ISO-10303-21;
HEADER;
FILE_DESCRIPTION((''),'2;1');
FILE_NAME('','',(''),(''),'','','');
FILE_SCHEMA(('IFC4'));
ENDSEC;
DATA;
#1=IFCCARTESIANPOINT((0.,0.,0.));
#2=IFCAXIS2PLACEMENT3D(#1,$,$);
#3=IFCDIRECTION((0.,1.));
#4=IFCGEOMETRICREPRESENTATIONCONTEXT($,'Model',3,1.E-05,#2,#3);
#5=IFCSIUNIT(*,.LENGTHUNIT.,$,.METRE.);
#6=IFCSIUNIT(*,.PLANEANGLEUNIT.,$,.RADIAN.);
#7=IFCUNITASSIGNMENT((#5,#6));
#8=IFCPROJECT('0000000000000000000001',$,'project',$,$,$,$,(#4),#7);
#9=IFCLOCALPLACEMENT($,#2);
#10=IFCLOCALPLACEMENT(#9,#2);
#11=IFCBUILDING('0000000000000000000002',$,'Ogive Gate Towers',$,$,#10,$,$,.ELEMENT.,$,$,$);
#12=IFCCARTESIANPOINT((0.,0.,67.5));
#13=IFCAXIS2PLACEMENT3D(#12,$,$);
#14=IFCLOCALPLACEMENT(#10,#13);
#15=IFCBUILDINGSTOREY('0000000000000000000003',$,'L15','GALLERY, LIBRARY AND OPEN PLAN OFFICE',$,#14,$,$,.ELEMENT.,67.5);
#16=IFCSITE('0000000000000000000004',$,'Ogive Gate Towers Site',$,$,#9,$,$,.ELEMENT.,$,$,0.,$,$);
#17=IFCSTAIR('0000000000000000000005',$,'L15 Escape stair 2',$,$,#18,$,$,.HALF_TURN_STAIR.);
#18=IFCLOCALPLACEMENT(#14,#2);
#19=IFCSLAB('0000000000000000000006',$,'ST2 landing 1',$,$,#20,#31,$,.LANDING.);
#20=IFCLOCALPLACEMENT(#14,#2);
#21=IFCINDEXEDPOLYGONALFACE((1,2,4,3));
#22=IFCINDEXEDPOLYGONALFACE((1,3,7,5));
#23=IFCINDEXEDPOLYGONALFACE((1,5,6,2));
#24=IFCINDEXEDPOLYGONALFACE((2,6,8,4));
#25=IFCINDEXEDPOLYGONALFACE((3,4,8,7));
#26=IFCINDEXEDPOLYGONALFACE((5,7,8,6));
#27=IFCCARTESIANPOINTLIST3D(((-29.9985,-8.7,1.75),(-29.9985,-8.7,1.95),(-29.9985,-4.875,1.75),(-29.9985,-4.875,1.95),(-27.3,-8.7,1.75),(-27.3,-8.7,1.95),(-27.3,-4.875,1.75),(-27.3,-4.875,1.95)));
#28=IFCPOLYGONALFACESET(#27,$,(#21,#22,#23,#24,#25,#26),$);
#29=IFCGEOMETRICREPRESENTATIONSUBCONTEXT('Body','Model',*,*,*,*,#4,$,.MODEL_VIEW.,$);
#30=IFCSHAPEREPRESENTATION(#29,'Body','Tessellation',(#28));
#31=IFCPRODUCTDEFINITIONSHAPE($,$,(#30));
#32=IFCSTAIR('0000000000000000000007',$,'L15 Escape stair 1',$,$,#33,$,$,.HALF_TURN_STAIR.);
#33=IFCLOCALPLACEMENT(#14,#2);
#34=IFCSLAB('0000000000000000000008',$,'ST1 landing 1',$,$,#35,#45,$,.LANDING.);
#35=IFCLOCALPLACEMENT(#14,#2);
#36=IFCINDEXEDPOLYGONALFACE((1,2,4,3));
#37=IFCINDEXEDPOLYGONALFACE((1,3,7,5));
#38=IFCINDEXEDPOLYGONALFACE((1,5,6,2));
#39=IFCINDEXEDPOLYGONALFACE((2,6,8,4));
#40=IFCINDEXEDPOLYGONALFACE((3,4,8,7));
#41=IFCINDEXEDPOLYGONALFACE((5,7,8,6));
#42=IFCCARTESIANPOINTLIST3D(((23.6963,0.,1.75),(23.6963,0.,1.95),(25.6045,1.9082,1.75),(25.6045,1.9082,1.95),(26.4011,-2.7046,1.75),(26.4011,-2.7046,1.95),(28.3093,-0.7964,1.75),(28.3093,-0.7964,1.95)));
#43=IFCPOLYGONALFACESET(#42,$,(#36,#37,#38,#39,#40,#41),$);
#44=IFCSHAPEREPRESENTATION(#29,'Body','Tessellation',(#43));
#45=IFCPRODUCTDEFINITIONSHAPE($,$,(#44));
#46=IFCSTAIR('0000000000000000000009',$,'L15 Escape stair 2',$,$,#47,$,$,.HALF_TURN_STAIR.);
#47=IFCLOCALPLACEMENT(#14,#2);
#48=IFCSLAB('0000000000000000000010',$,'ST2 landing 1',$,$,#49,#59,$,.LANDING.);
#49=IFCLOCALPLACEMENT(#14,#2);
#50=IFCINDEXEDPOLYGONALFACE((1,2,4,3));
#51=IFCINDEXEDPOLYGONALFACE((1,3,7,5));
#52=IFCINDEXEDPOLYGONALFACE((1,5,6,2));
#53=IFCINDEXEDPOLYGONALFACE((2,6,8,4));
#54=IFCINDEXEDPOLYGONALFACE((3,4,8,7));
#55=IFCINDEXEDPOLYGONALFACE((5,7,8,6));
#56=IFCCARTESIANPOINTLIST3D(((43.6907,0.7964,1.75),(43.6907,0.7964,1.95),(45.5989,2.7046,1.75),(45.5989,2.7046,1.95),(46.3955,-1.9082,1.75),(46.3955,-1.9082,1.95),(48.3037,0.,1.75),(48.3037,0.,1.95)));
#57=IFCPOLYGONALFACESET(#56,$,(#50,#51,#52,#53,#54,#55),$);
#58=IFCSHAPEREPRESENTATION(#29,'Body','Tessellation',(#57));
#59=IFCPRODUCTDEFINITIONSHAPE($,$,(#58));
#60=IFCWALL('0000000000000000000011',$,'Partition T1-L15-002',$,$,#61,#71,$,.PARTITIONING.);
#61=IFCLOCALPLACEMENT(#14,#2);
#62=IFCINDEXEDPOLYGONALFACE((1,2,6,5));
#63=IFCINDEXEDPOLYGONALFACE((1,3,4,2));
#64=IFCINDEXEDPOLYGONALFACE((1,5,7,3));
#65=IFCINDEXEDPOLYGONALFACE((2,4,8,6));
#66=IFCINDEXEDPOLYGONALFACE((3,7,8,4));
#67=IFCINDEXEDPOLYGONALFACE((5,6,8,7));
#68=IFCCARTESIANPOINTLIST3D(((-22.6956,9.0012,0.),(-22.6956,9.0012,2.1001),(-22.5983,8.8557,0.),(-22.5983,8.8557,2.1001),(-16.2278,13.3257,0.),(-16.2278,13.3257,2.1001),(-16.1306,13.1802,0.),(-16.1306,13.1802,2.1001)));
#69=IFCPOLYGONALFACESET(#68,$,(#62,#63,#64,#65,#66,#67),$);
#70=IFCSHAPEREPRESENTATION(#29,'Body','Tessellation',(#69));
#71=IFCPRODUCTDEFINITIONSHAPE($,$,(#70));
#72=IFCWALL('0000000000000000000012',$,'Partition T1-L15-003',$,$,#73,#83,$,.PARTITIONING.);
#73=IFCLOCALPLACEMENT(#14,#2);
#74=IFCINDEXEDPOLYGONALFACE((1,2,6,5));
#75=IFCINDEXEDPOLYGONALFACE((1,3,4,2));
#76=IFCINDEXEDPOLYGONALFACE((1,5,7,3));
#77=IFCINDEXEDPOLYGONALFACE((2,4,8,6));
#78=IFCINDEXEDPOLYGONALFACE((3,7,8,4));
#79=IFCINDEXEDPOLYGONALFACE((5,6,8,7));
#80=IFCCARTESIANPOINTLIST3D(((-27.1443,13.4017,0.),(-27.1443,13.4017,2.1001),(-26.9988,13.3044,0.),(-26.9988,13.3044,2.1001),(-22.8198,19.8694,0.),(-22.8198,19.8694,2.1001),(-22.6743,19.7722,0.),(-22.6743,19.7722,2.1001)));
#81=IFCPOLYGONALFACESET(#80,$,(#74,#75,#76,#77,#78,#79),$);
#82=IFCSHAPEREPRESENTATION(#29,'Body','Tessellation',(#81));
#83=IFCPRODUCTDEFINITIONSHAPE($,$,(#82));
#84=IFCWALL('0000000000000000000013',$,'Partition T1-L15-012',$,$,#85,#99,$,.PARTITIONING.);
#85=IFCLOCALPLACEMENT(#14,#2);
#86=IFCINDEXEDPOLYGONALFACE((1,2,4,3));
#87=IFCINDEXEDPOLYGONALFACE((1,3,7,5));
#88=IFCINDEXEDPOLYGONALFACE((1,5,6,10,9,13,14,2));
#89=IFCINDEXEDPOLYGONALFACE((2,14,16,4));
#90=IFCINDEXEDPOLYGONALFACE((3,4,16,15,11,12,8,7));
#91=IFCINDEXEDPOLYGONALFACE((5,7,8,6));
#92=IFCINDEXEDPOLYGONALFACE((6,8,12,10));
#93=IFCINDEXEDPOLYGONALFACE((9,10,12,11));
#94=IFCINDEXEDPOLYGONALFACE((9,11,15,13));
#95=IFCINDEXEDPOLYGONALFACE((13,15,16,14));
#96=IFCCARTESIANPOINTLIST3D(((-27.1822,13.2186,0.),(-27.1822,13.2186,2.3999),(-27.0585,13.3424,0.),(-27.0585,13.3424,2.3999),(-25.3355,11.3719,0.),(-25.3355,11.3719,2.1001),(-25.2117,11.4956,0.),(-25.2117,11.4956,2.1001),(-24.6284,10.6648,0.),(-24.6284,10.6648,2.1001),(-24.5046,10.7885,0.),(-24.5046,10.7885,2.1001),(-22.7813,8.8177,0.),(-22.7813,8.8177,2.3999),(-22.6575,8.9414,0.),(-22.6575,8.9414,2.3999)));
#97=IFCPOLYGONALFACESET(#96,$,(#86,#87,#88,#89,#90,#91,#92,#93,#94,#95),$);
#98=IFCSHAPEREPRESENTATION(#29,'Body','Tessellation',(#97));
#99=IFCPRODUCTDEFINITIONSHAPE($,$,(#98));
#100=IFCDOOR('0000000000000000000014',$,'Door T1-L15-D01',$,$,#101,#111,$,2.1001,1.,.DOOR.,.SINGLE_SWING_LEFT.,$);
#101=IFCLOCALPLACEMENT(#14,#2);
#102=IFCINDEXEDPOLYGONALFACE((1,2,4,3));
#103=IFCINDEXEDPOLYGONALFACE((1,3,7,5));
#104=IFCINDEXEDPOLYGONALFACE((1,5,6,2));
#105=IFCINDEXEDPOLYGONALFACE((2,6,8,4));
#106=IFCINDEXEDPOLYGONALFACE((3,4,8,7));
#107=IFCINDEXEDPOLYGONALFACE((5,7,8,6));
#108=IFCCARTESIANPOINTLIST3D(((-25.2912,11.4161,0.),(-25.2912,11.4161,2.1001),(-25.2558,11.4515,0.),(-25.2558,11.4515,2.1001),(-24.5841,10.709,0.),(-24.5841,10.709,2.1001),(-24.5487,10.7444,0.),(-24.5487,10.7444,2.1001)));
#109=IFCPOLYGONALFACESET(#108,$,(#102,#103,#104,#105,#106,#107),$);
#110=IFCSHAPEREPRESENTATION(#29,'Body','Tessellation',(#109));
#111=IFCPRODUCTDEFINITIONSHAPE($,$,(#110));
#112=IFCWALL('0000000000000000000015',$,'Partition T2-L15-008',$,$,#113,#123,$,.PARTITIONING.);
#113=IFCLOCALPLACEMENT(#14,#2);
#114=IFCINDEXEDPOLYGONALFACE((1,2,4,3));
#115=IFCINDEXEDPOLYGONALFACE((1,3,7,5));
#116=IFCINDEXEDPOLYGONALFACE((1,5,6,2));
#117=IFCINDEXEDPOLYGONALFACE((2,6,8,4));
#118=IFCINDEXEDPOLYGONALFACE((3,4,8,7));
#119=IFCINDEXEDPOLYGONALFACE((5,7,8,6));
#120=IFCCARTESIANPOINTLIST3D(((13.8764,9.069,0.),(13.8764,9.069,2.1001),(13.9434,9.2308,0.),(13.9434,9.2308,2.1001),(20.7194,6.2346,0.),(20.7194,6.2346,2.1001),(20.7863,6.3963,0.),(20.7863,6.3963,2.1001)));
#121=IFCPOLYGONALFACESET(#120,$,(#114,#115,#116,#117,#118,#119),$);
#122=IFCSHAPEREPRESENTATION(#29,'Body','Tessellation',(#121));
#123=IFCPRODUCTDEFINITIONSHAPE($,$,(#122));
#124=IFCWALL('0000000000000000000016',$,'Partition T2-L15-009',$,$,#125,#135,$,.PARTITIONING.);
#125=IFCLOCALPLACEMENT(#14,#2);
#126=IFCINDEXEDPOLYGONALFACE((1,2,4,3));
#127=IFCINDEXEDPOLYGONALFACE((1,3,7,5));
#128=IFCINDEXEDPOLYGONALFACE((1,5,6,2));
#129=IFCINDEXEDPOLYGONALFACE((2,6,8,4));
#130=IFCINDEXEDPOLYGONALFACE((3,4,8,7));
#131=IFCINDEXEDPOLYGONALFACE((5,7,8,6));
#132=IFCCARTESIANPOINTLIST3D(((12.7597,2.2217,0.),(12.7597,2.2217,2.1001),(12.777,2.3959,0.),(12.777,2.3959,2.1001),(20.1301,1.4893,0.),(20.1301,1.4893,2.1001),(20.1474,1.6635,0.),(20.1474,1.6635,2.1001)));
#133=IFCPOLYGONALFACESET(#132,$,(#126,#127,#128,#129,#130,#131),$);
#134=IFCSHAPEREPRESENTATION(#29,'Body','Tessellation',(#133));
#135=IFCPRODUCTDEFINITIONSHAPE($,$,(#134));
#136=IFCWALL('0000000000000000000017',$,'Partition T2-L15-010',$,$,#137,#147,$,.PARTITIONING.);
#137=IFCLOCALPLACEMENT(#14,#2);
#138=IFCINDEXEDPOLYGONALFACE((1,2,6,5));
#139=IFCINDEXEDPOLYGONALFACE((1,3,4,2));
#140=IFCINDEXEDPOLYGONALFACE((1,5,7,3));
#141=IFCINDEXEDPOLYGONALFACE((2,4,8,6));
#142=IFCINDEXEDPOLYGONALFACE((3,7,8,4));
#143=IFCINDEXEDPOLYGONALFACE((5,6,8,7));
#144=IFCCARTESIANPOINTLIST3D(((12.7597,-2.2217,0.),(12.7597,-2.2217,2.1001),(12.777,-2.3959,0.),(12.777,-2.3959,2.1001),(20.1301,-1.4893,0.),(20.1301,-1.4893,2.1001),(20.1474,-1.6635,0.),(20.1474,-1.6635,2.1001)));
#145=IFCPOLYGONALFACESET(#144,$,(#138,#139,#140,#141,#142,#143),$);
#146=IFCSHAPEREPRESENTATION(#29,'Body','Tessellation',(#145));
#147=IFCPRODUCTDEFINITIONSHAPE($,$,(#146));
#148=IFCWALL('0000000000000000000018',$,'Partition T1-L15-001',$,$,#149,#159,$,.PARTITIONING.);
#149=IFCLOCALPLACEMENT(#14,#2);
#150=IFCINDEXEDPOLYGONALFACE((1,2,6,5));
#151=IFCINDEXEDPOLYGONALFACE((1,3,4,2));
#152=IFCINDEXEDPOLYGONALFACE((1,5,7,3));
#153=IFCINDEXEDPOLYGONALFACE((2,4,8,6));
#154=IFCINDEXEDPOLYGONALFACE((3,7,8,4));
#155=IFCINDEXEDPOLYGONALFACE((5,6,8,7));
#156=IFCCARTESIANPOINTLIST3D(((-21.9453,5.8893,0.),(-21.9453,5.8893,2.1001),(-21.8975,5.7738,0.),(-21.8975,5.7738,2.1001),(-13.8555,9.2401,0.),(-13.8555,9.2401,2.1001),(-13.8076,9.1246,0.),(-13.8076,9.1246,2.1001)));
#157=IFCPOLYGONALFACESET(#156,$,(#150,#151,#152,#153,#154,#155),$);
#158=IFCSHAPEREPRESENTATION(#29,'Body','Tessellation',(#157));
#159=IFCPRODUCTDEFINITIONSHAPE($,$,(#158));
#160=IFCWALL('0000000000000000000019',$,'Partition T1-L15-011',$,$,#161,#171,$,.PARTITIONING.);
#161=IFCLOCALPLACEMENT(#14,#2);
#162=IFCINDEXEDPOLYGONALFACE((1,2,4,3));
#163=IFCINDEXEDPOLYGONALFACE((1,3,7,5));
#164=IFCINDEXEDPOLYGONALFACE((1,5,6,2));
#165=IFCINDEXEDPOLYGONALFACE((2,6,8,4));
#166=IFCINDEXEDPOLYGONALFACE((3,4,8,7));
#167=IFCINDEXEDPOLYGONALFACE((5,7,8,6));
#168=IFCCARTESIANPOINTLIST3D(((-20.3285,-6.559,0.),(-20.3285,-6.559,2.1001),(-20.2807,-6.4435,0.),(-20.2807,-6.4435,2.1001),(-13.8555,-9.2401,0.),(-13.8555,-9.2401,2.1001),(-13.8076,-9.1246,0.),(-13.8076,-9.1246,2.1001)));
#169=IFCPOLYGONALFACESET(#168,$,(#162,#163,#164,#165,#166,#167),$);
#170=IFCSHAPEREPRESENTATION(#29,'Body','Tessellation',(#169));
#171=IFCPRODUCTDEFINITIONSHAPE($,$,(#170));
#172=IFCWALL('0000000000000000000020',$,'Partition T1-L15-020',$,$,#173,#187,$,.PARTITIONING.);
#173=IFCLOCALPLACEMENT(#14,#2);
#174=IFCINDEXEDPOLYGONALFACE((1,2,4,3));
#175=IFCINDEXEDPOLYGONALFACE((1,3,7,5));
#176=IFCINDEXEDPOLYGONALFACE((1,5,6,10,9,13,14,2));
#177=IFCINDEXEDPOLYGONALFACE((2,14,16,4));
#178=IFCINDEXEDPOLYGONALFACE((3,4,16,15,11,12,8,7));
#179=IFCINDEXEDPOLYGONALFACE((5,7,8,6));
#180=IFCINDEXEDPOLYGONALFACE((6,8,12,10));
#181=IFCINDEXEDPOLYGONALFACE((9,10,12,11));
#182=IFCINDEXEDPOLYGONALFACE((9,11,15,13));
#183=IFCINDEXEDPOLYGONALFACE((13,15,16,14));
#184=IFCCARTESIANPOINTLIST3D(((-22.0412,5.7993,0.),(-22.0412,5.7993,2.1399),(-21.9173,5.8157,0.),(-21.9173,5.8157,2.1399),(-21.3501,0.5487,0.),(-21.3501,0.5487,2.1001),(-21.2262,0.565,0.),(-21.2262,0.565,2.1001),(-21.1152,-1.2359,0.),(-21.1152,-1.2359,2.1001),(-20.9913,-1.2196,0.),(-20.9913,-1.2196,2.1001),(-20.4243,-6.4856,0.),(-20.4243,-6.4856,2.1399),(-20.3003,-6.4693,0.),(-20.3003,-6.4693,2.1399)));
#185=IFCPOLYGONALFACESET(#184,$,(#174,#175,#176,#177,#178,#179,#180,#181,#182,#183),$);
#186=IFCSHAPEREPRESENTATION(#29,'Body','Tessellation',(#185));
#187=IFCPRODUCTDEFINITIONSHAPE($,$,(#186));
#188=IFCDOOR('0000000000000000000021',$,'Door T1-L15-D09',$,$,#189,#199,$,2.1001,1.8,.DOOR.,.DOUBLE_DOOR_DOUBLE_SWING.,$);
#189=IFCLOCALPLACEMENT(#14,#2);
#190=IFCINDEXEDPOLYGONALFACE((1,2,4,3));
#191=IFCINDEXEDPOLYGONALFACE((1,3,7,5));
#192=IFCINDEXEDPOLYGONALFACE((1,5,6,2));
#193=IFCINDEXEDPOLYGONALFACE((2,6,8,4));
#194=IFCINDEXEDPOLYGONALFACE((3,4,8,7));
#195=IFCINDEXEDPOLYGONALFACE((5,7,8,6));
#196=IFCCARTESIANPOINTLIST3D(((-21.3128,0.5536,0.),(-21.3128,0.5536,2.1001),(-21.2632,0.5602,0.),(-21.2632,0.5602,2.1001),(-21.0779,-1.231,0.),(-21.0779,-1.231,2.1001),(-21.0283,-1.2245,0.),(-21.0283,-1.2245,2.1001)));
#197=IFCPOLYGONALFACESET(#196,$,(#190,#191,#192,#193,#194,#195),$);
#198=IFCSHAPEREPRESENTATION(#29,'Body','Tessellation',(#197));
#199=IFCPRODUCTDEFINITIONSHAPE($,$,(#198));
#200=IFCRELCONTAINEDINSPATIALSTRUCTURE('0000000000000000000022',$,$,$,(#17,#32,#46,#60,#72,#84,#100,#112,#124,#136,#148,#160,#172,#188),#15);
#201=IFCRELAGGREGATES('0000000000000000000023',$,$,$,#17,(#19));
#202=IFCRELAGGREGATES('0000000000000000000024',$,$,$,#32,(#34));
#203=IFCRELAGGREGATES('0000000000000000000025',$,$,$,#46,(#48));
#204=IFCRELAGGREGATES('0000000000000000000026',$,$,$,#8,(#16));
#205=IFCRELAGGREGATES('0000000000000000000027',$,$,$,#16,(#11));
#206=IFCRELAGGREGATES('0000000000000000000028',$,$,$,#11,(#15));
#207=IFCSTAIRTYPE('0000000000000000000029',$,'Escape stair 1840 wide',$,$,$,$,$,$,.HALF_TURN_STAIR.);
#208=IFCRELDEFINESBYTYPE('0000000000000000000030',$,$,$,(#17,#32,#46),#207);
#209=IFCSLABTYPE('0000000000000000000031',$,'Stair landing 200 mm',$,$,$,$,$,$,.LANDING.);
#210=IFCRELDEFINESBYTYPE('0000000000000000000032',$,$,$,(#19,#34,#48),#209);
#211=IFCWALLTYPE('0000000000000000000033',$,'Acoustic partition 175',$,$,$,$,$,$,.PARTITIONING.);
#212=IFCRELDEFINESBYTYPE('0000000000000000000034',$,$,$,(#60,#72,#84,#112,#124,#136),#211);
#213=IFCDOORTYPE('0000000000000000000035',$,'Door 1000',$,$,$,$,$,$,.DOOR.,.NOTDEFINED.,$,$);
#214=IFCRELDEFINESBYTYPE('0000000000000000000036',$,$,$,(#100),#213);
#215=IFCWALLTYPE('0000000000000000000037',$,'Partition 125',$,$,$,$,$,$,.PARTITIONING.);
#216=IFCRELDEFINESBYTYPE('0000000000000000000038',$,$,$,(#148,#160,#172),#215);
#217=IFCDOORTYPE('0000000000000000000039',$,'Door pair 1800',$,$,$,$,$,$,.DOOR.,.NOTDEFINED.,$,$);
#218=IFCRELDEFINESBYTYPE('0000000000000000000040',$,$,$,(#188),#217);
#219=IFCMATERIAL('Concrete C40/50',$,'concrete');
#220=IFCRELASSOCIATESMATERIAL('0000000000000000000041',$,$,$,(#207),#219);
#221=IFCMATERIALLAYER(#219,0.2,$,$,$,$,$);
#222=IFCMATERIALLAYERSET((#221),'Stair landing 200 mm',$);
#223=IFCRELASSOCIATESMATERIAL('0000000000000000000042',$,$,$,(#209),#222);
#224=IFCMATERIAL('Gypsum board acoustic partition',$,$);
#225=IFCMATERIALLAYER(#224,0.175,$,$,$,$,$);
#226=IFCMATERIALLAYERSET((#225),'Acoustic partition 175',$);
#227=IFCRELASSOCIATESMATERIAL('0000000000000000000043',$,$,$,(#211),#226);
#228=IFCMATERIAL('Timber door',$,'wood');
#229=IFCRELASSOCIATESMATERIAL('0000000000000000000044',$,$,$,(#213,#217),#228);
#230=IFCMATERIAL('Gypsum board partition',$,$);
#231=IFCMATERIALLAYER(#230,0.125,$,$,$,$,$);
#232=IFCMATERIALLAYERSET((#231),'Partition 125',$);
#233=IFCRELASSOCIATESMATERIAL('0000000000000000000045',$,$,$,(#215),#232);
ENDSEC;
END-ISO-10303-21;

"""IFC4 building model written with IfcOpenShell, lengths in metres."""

from ifc_helpers import new_model, si_unit, direction, frame, frame_2d, origin, place, context, subcontext, project, spatial, polyline, rectangle, outline, extrude, material, layer, layer_set, type_object, element, fill, aggregate, save


model = new_model("IFC4")

# Units and contexts
model_context = context("Model", 3, precision=1e-05, world=origin(), true_north=direction((0.0, 1.0)))
body_context = subcontext(model_context, "Body", "Model", "MODEL_VIEW")
ifc_project = project(units=[si_unit("LENGTHUNIT", "METRE"), si_unit("PLANEANGLEUNIT", "RADIAN")], contexts=[model_context])

# Site, building, storey
site_placement = place(None, origin())
site = spatial("IfcSite", under=ifc_project, at=site_placement, Name="Ogive Gate Towers Site", CompositionType="ELEMENT", RefElevation=0.0)
building_placement = place(site_placement, origin())
building = spatial("IfcBuilding", under=site, at=building_placement, Name="Ogive Gate Towers", CompositionType="ELEMENT")
storey_placement = place(building_placement, frame((0.0, 0.0, 67.5)))
storey = spatial("IfcBuildingStorey", under=building, at=storey_placement, Name="L15", Description="GALLERY, LIBRARY AND OPEN PLAN OFFICE", CompositionType="ELEMENT", Elevation=67.5)

# Shared definitions
ifc_material_1 = material(Name="Concrete C40/50", Category="concrete")

# Stairs, slabs
stair_type = type_object("IfcStairType", Name="Escape stair 1840 wide", PredefinedType="HALF_TURN_STAIR", material=ifc_material_1)
ifc_layer_1 = layer(ifc_material_1, 0.2)
ifc_layer_set_1 = layer_set([ifc_layer_1], Name="Stair landing 200 mm")
slab_type_1 = type_object("IfcSlabType", Name="Stair landing 200 mm", PredefinedType="LANDING", material=ifc_layer_set_1)
stair_1_placement = place(storey_placement, origin())
stair_1 = element("IfcStair", 1, at=stair_1_placement, inside=storey, type_object=stair_type, Name="L15 Escape stair 2", PredefinedType="HALF_TURN_STAIR")
slab_1_placement = place(storey_placement, frame((0.0, 0.0, 1.75)))
slab_1 = element("IfcSlab", 2, at=slab_1_placement, type_object=slab_type_1, Name="ST2 landing 1", PredefinedType="LANDING", context=body_context, shape_type="SweptSolid", body=[
    extrude(outline(polyline([(-29.9985, -8.7), (-27.3, -8.7), (-27.3, -4.875), (-29.9985, -4.875), (-29.9985, -8.7)])), origin(), (0.0, 0.0, 1.0), 0.2),
])
aggregate(stair_1, [slab_1])
stair_2_placement = place(storey_placement, origin())
stair_2 = element("IfcStair", 3, at=stair_2_placement, inside=storey, type_object=stair_type, Name="L15 Escape stair 1", PredefinedType="HALF_TURN_STAIR")
slab_2_placement = place(storey_placement, frame((0.0, 0.0, 1.75)))
slab_2 = element("IfcSlab", 4, at=slab_2_placement, type_object=slab_type_1, Name="ST1 landing 1", PredefinedType="LANDING", context=body_context, shape_type="SweptSolid", body=[
    extrude(outline(polyline([(25.6045, 1.9082), (23.6963, 0.0), (26.4011, -2.7046), (28.3093, -0.7964), (25.6045, 1.9082)])), origin(), (0.0, 0.0, 1.0), 0.2),
])
aggregate(stair_2, [slab_2])
stair_3_placement = place(storey_placement, origin())
stair_3 = element("IfcStair", 5, at=stair_3_placement, inside=storey, type_object=stair_type, Name="L15 Escape stair 2", PredefinedType="HALF_TURN_STAIR")
slab_3_placement = place(storey_placement, frame((0.0, 0.0, 1.75)))
slab_3 = element("IfcSlab", 6, at=slab_3_placement, type_object=slab_type_1, Name="ST2 landing 1", PredefinedType="LANDING", context=body_context, shape_type="SweptSolid", body=[
    extrude(outline(polyline([(46.3955, -1.9082), (48.3037, 0.0), (45.5989, 2.7046), (43.6907, 0.7964), (46.3955, -1.9082)])), origin(), (0.0, 0.0, 1.0), 0.2),
])
aggregate(stair_3, [slab_3])

# Walls
ifc_material_2 = material(Name="Gypsum board acoustic partition")
ifc_layer_2 = layer(ifc_material_2, 0.175)
ifc_layer_set_2 = layer_set([ifc_layer_2], Name="Acoustic partition 175")
wall_type_1 = type_object("IfcWallType", Name="Acoustic partition 175", PredefinedType="PARTITIONING", material=ifc_layer_set_2)
for number, where, z_axis, x_axis, name in (
    (7, (-16.1792, 13.2529, 0.0), (0.0, 0.0, 1.0), (-0.831301, -0.555822, 0.0), "Partition T1-L15-002"),
    (8, (-22.7471, 19.8208, 0.0), (0.0, 0.0, 1.0), (-0.555822, -0.831301, 0.0), "Partition T1-L15-003"),
):
    element("IfcWall", number, at=place(storey_placement, frame(where, z_axis=z_axis, x_axis=x_axis)), inside=storey, type_object=wall_type_1, Name=name, PredefinedType="PARTITIONING", context=body_context, shape_type="SweptSolid", body=[
        extrude(rectangle(XDim=7.7803, YDim=0.175, at=frame_2d((3.8901, 0.0))), origin(), (0.0, 0.0, 1.0), 2.1001),
    ])

# Wall, opening, door
wall_1_placement = place(storey_placement, frame((-22.7195, 8.8796, 0.0), z_axis=(0.0, 0.0, 1.0), x_axis=(-0.707107, 0.707107, 0.0)))
wall_1 = element("IfcWall", 9, at=wall_1_placement, inside=storey, type_object=wall_type_1, Name="Partition T1-L15-012", PredefinedType="PARTITIONING", context=body_context, shape_type="SweptSolid", body=[
    extrude(rectangle(XDim=6.2239, YDim=0.175, at=frame_2d((3.1118, 0.0))), origin(), (0.0, 0.0, 1.0), 2.3999),
])
opening_1_placement = place(wall_1_placement, frame((2.6121, 0.0, 0.0)))
opening_1 = element("IfcOpeningElement", 10, at=opening_1_placement, cuts=wall_1, PredefinedType="OPENING", context=body_context, shape_type="SweptSolid", body=[
    extrude(rectangle(XDim=1.0, YDim=2.1001, at=frame_2d((0.5, 1.05))), frame((0.0, 0.0977, 0.0), z_axis=(0.0, -1.0, 0.0), x_axis=(1.0, 0.0, 0.0)), (0.0, 0.0, 1.0), 0.1951),
])
ifc_material_3 = material(Name="Timber door", Category="wood")
door_type_1 = type_object("IfcDoorType", Name="Door 1000", OperationType="NOTDEFINED", PredefinedType="DOOR", material=ifc_material_3)
door_1_placement = place(opening_1_placement, origin())
door_1 = element("IfcDoor", 11, at=door_1_placement, inside=storey, type_object=door_type_1, Name="Door T1-L15-D01", OperationType="SINGLE_SWING_LEFT", OverallHeight=2.1001, OverallWidth=1.0, PredefinedType="DOOR", context=body_context, shape_type="SweptSolid", body=[
    extrude(rectangle(XDim=1.0, YDim=2.1001, at=frame_2d((0.5, 1.05))), frame((0.0, 0.0249, 0.0), z_axis=(0.0, -1.0, 0.0), x_axis=(1.0, 0.0, 0.0)), (0.0, 0.0, 1.0), 0.05),
])
fill(opening_1, door_1)

# Walls
for number, where, z_axis, x_axis, name in (
    (12, (13.9099, 9.1499, 0.0), (0.0, 0.0, 1.0), (0.923879, -0.382684, 0.0), "Partition T2-L15-008"),
    (13, (12.7683, 2.3088, 0.0), (0.0, 0.0, 1.0), (0.995099, -0.098887, 0.0), "Partition T2-L15-009"),
    (14, (12.7683, -2.3088, 0.0), (0.0, 0.0, 1.0), (0.995099, 0.098887, 0.0), "Partition T2-L15-010"),
):
    element("IfcWall", number, at=place(storey_placement, frame(where, z_axis=z_axis, x_axis=x_axis)), inside=storey, type_object=wall_type_1, Name=name, PredefinedType="PARTITIONING", context=body_context, shape_type="SweptSolid", body=[
        extrude(rectangle(XDim=7.4067, YDim=0.175, at=frame_2d((3.7034, 0.0))), origin(), (0.0, 0.0, 1.0), 2.1001),
    ])
ifc_material_4 = material(Name="Gypsum board partition")
ifc_layer_3 = layer(ifc_material_4, 0.125)
ifc_layer_set_3 = layer_set([ifc_layer_3], Name="Partition 125")
wall_type_2 = type_object("IfcWallType", Name="Partition 125", PredefinedType="PARTITIONING", material=ifc_layer_set_3)
wall_2_placement = place(storey_placement, frame((-13.8315, 9.1824, 0.0), z_axis=(0.0, 0.0, 1.0), x_axis=(-0.923883, -0.382674, 0.0)))
element("IfcWall", 15, at=wall_2_placement, inside=storey, type_object=wall_type_2, Name="Partition T1-L15-001", PredefinedType="PARTITIONING", context=body_context, shape_type="SweptSolid", body=[
    extrude(rectangle(XDim=8.7563, YDim=0.125, at=frame_2d((4.3782, 0.0))), origin(), (0.0, 0.0, 1.0), 2.1001),
])
wall_3_placement = place(storey_placement, frame((-13.8315, -9.1824, 0.0), z_axis=(0.0, 0.0, 1.0), x_axis=(-0.923885, 0.38267, 0.0)))
element("IfcWall", 16, at=wall_3_placement, inside=storey, type_object=wall_type_2, Name="Partition T1-L15-011", PredefinedType="PARTITIONING", context=body_context, shape_type="SweptSolid", body=[
    extrude(rectangle(XDim=7.0063, YDim=0.125, at=frame_2d((3.5032, 0.0))), origin(), (0.0, 0.0, 1.0), 2.1001),
])

# Wall, opening, door
wall_4_placement = place(storey_placement, frame((-20.3623, -6.4773, 0.0), z_axis=(0.0, 0.0, 1.0), x_axis=(-0.130495, 0.991449, 0.0)))
wall_4 = element("IfcWall", 17, at=wall_4_placement, inside=storey, type_object=wall_type_2, Name="Partition T1-L15-020", PredefinedType="PARTITIONING", context=body_context, shape_type="SweptSolid", body=[
    extrude(rectangle(XDim=12.3909, YDim=0.125, at=frame_2d((6.1953, 0.0))), origin(), (0.0, 0.0, 1.0), 2.1399),
])
opening_2_placement = place(wall_4_placement, frame((5.2949, 0.0, 0.0)))
opening_2 = element("IfcOpeningElement", 18, at=opening_2_placement, cuts=wall_4, PredefinedType="OPENING", context=body_context, shape_type="SweptSolid", body=[
    extrude(rectangle(XDim=1.8, YDim=2.1001, at=frame_2d((0.8999, 1.05))), frame((0.0, 0.0725, 0.0), z_axis=(0.0, -1.0, 0.0), x_axis=(1.0, 0.0, 0.0)), (0.0, 0.0, 1.0), 0.145),
])
door_type_2 = type_object("IfcDoorType", Name="Door pair 1800", OperationType="NOTDEFINED", PredefinedType="DOOR", material=ifc_material_3)
door_2_placement = place(opening_2_placement, origin())
door_2 = element("IfcDoor", 19, at=door_2_placement, inside=storey, type_object=door_type_2, Name="Door T1-L15-D09", OperationType="DOUBLE_DOOR_DOUBLE_SWING", OverallHeight=2.1001, OverallWidth=1.8, PredefinedType="DOOR", context=body_context, shape_type="SweptSolid", body=[
    extrude(rectangle(XDim=1.8, YDim=2.1001, at=frame_2d((0.8999, 1.05))), frame((0.0, 0.0249, 0.0), z_axis=(0.0, -1.0, 0.0), x_axis=(1.0, 0.0, 0.0)), (0.0, 0.0, 1.0), 0.05),
])
fill(opening_2, door_2)

save(model, "model.ifc")
